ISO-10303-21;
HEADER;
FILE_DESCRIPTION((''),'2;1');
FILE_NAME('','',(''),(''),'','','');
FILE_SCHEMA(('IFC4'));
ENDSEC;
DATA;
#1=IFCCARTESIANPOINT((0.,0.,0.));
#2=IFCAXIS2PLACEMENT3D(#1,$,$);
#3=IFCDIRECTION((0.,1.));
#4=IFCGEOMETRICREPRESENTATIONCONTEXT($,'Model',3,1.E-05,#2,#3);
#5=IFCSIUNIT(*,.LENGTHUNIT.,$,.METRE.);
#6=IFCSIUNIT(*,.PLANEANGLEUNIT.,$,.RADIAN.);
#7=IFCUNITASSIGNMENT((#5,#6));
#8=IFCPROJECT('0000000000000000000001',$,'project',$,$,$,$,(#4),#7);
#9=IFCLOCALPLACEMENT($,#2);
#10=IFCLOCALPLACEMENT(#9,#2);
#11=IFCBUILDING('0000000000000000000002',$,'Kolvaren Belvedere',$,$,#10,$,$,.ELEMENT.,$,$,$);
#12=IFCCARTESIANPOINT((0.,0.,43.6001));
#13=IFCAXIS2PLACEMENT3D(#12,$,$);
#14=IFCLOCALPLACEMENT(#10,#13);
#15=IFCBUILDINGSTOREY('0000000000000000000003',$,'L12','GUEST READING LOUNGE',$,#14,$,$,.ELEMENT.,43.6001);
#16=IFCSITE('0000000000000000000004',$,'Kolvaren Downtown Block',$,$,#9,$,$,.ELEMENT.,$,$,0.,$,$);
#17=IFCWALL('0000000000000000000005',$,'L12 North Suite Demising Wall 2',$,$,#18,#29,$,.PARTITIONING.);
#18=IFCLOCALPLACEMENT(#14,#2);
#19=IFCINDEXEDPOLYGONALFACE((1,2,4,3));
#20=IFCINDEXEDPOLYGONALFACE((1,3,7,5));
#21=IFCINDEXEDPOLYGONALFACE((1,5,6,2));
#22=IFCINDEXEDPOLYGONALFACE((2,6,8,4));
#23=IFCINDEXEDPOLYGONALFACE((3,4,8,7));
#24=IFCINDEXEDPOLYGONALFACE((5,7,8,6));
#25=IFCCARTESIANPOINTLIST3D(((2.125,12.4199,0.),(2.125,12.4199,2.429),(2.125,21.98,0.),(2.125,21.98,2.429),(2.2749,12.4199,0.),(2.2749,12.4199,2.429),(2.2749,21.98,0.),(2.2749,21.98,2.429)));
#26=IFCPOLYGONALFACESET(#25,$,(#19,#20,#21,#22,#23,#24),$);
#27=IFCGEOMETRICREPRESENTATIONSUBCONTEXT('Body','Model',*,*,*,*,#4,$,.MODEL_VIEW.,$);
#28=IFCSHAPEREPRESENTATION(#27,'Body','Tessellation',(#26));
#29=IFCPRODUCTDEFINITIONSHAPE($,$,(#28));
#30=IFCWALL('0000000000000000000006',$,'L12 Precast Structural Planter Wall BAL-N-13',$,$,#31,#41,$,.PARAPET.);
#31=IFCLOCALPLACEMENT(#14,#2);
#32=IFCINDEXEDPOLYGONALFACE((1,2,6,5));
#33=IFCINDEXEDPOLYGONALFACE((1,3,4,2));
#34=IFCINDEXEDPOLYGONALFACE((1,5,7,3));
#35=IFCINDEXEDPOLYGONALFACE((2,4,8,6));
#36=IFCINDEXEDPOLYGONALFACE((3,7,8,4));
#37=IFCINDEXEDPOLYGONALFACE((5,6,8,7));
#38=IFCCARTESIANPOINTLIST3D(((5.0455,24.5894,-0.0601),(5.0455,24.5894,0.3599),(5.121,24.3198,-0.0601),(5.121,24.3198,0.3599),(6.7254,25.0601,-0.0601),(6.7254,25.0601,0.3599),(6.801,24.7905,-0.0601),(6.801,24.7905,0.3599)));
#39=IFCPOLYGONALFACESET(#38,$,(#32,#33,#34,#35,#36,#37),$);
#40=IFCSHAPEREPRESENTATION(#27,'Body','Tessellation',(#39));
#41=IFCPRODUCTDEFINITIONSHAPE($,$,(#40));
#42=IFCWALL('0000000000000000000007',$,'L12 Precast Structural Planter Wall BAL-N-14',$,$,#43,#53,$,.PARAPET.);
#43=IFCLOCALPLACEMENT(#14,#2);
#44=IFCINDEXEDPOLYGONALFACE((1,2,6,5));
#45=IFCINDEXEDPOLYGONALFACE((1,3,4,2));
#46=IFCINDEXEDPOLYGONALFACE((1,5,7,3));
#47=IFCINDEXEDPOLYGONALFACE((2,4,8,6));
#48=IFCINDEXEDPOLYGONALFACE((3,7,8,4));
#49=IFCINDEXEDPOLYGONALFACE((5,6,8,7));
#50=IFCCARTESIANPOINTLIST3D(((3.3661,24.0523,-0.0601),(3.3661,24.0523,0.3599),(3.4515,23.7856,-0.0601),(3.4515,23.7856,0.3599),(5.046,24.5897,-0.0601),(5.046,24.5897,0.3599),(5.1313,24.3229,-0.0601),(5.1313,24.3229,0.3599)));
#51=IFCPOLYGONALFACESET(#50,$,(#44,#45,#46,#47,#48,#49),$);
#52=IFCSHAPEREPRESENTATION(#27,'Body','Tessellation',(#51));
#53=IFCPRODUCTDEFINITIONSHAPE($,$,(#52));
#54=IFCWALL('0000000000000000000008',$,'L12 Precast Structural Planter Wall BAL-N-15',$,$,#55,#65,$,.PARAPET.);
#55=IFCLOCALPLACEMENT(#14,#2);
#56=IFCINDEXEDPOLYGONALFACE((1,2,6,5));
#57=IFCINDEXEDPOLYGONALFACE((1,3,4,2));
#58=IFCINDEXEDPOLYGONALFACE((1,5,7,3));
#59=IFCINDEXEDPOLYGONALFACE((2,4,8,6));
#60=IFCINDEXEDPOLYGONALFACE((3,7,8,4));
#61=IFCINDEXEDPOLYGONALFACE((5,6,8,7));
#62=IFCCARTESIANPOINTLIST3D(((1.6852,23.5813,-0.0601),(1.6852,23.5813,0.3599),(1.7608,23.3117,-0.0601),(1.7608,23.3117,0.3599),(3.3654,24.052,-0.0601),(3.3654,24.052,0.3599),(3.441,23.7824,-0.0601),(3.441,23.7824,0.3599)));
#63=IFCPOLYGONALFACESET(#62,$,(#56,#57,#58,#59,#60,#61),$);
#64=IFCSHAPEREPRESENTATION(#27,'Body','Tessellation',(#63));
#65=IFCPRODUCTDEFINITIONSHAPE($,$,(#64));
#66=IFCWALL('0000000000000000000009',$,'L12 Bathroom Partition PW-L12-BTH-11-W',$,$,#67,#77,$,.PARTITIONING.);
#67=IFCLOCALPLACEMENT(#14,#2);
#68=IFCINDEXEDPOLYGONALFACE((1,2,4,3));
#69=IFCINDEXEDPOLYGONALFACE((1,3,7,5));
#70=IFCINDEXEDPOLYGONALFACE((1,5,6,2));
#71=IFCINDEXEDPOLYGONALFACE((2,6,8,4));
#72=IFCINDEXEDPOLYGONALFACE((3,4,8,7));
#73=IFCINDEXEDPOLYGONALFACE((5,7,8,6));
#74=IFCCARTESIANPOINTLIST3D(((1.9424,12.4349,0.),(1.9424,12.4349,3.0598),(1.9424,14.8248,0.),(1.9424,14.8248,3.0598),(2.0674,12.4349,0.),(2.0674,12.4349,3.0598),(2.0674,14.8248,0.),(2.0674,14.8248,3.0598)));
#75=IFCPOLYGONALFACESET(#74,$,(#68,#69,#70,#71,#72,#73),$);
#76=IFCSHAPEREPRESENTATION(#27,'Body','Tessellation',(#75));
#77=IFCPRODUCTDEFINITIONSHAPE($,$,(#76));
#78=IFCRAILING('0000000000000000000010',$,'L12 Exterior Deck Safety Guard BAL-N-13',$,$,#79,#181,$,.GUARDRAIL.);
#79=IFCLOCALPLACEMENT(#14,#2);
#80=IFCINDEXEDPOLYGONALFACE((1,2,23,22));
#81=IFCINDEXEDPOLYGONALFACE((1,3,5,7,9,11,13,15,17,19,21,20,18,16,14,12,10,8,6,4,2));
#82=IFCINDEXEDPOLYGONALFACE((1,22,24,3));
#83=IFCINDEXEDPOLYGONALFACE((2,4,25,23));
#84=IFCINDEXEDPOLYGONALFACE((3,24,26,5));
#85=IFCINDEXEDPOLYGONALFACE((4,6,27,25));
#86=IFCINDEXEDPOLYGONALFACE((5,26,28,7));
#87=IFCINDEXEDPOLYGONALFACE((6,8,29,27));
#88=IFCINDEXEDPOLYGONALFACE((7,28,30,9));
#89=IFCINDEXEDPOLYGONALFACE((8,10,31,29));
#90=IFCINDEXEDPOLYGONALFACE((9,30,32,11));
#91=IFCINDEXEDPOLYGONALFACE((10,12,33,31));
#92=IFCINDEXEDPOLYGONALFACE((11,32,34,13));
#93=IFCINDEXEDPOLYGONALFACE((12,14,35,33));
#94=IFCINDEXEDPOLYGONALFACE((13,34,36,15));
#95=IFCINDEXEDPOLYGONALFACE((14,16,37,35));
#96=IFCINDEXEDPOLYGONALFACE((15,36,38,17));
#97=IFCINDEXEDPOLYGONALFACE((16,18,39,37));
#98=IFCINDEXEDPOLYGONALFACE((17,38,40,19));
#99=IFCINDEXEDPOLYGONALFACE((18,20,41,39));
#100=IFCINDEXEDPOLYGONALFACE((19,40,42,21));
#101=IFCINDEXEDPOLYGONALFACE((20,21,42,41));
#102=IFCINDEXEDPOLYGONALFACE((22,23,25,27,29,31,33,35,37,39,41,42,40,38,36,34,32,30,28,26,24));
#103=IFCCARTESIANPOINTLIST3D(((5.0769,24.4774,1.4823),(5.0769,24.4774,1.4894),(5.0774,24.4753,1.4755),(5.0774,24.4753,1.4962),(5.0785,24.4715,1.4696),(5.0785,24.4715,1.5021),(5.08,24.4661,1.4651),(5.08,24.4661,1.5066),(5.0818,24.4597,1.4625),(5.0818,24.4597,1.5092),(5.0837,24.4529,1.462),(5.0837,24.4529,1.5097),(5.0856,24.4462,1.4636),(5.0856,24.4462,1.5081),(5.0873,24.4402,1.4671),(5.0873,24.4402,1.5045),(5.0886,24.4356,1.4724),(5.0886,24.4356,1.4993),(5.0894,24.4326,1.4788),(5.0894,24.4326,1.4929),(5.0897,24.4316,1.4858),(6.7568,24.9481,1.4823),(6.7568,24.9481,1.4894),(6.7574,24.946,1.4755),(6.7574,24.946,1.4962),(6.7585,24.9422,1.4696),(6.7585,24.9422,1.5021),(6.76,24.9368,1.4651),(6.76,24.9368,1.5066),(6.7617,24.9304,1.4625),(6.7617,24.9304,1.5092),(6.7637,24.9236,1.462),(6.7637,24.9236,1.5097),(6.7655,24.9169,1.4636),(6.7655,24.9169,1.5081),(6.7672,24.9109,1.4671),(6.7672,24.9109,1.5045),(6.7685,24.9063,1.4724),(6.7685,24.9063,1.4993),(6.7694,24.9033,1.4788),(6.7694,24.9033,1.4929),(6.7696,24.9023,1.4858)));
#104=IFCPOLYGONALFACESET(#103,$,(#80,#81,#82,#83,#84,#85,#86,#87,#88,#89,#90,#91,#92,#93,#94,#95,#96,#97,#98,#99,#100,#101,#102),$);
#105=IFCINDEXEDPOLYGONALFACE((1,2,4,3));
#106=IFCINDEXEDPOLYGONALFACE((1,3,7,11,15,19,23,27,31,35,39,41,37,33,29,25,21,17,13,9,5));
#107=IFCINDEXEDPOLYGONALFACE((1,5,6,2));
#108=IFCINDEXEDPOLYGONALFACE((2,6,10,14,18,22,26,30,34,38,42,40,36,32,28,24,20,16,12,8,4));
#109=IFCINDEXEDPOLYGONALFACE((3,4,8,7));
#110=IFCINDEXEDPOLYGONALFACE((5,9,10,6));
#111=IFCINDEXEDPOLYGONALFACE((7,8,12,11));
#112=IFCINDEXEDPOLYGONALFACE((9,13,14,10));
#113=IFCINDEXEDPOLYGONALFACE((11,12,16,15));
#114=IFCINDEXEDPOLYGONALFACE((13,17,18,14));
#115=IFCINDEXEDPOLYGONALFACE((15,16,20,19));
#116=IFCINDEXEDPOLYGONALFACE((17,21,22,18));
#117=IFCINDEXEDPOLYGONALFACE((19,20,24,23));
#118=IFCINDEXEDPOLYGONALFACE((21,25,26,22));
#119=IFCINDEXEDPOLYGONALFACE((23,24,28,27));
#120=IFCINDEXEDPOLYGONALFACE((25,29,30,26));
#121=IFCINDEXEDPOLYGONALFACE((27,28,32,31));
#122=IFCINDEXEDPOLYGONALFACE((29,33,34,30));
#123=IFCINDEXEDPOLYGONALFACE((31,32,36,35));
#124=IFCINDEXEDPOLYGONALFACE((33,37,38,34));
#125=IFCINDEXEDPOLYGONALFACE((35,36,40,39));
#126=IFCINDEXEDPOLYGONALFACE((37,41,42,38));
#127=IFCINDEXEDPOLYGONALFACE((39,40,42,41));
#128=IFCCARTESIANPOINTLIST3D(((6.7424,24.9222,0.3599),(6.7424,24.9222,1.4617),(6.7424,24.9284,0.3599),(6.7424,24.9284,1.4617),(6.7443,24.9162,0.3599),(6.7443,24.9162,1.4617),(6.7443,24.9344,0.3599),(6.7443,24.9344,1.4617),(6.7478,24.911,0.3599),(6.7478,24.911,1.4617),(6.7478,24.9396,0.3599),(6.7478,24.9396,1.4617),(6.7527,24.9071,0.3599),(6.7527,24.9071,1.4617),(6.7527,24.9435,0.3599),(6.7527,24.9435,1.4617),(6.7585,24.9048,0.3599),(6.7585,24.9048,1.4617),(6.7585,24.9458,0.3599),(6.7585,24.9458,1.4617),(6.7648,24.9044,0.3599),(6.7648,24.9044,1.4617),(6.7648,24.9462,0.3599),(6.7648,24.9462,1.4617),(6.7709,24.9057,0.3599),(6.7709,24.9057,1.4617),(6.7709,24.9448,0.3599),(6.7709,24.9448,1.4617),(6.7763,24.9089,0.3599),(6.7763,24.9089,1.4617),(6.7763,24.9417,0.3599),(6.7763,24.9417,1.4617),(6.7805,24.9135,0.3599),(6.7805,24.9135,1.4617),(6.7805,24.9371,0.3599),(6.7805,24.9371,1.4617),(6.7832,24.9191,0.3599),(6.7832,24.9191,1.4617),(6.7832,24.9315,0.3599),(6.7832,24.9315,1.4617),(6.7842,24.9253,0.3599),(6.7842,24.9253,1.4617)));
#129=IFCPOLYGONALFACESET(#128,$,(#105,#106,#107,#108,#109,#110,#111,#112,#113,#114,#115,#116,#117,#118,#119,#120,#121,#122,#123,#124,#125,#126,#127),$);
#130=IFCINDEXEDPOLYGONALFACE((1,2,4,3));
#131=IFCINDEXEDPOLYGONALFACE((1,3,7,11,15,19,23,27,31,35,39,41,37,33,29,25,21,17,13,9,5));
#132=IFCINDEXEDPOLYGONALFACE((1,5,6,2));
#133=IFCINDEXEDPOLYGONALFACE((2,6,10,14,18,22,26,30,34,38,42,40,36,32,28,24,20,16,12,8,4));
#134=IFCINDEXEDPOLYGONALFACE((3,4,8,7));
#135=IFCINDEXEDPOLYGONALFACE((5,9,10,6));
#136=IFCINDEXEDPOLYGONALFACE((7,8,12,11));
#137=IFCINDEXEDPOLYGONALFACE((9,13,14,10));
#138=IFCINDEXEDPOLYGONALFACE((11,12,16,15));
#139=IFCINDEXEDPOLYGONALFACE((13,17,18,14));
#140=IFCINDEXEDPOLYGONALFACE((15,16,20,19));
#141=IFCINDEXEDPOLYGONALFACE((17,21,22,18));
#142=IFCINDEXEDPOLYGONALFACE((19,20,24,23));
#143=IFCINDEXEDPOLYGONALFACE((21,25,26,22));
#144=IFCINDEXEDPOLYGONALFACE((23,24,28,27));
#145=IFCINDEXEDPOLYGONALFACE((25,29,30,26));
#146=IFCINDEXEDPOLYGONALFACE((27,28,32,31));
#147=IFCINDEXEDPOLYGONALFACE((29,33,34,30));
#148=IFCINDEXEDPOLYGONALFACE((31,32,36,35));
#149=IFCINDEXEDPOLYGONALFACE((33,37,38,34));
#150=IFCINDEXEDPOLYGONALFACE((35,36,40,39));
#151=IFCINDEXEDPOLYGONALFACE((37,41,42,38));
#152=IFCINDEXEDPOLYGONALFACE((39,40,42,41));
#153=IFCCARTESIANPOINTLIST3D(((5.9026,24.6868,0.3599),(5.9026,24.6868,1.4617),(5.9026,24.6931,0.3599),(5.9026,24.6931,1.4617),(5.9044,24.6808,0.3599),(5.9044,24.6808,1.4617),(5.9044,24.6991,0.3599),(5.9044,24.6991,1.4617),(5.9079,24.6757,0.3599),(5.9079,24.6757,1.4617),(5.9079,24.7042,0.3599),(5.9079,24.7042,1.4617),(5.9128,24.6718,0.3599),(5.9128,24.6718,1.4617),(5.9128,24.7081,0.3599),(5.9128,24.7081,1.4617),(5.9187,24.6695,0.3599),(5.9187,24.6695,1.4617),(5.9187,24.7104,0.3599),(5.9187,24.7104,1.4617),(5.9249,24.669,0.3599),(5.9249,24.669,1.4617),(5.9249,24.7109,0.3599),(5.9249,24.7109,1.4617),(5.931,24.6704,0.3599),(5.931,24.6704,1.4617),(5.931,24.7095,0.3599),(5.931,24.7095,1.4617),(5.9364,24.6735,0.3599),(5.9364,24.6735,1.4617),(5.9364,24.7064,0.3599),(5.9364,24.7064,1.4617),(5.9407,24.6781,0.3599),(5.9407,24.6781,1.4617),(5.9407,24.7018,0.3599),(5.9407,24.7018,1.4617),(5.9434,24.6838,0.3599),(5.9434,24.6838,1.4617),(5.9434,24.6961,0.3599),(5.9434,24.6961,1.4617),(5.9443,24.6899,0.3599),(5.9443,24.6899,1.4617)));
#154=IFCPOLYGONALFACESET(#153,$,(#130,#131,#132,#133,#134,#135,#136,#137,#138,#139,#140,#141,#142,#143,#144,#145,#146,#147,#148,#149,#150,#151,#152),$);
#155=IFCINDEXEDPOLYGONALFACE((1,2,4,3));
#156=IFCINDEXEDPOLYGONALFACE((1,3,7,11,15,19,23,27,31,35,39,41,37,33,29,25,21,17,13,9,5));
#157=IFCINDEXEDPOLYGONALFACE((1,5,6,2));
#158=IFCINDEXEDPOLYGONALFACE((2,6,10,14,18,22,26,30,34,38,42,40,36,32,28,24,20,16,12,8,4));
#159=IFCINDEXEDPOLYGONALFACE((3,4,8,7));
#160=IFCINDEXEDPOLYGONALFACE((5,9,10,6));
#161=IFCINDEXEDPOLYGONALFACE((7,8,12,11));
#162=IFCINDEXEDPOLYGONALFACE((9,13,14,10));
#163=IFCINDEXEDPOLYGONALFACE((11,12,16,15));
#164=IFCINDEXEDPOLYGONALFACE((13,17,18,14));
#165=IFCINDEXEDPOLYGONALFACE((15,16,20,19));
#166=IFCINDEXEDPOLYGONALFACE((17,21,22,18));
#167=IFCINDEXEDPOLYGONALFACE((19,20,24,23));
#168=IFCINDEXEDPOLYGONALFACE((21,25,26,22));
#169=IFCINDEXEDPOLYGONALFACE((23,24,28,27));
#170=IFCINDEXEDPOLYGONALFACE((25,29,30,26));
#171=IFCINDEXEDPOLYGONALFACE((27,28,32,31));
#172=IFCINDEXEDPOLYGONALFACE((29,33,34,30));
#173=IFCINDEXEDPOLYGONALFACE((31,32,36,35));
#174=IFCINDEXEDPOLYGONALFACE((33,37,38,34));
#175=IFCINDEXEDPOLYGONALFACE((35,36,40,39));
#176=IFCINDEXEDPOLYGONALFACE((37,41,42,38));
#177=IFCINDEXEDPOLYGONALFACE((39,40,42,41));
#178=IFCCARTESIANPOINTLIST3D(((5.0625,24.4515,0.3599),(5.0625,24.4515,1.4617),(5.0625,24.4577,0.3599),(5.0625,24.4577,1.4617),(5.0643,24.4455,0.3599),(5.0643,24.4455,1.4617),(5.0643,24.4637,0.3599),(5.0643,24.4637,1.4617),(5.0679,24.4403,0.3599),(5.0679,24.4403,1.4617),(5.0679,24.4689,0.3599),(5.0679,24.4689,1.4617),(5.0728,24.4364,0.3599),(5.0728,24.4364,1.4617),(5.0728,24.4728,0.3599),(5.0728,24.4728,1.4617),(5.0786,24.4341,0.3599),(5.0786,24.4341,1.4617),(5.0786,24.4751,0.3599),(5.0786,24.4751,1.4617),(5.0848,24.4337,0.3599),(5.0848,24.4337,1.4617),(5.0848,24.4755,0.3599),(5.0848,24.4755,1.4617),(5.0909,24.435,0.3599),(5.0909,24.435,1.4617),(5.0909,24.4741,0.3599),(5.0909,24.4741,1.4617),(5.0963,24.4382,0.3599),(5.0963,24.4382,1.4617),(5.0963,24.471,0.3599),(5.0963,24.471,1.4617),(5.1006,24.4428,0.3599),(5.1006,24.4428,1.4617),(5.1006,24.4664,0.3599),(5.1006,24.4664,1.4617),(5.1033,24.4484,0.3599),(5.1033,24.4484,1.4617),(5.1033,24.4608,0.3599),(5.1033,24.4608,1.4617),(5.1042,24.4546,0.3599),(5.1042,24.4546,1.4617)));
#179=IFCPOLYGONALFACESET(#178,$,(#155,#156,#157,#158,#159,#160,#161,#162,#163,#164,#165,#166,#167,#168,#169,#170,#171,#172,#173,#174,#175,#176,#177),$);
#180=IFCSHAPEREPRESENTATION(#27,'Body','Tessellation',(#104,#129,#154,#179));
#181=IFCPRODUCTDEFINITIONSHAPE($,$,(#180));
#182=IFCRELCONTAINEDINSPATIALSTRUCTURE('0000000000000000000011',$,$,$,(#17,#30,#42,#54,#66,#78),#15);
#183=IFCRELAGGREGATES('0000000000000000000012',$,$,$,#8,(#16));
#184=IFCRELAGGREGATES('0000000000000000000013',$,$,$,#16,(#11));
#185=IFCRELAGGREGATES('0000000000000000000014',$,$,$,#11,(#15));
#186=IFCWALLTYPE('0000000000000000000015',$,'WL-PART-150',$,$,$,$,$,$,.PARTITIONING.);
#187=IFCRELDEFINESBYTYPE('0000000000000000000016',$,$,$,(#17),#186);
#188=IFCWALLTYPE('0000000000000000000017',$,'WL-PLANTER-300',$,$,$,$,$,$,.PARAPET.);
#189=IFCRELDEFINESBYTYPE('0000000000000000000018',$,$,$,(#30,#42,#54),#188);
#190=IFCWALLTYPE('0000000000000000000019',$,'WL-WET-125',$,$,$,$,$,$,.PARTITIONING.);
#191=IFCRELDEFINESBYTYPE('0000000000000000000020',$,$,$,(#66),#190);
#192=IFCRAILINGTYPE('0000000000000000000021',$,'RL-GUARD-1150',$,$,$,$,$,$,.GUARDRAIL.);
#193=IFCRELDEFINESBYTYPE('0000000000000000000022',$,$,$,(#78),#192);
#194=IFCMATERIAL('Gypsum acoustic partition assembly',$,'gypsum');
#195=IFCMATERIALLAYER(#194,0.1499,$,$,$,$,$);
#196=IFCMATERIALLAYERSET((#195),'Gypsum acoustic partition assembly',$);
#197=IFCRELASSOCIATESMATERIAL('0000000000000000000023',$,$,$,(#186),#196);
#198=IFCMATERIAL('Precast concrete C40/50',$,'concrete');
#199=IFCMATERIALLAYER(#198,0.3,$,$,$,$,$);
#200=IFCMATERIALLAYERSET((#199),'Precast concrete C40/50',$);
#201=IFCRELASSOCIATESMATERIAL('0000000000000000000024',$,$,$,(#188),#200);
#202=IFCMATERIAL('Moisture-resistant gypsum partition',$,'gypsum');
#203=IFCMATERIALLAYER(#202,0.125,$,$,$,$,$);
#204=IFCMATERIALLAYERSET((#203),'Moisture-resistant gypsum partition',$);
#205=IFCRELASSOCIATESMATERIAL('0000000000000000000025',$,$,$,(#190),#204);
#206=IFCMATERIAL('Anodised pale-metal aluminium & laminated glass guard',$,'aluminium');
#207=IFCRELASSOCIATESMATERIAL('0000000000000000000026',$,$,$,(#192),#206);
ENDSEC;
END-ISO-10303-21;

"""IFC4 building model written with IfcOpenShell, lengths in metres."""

from ifc_helpers import new_model, si_unit, direction, frame, frame_2d, origin, origin_2d, place, context, subcontext, project, spatial, rectangle, circle, extrude, material, layer, layer_set, type_object, element, save


model = new_model("IFC4")

# Units and contexts
model_context = context("Model", 3, precision=1e-05, world=origin(), true_north=direction((0.0, 1.0)))
body_context = subcontext(model_context, "Body", "Model", "MODEL_VIEW")
ifc_project = project(units=[si_unit("LENGTHUNIT", "METRE"), si_unit("PLANEANGLEUNIT", "RADIAN")], contexts=[model_context])

# Site, building, storey
site_placement = place(None, origin())
site = spatial("IfcSite", under=ifc_project, at=site_placement, Name="Kolvaren Downtown Block", CompositionType="ELEMENT", RefElevation=0.0)
building_placement = place(site_placement, origin())
building = spatial("IfcBuilding", under=site, at=building_placement, Name="Kolvaren Belvedere", CompositionType="ELEMENT")
storey_placement = place(building_placement, frame((0.0, 0.0, 43.6001)))
storey = spatial("IfcBuildingStorey", under=building, at=storey_placement, Name="L12", Description="GUEST READING LOUNGE", CompositionType="ELEMENT", Elevation=43.6001)

# Walls
ifc_material_1 = material(Name="Gypsum acoustic partition assembly", Category="gypsum")
ifc_layer_1 = layer(ifc_material_1, 0.1499)
ifc_layer_set_1 = layer_set([ifc_layer_1], Name="Gypsum acoustic partition assembly")
wall_type_1 = type_object("IfcWallType", Name="WL-PART-150", PredefinedType="PARTITIONING", material=ifc_layer_set_1)
wall_1_placement = place(storey_placement, frame((2.2, 12.4199, 0.0), z_axis=(0.0, 0.0, 1.0), x_axis=(0.0, 1.0, 0.0)))
element("IfcWall", 1, at=wall_1_placement, inside=storey, type_object=wall_type_1, Name="L12 North Suite Demising Wall 2", PredefinedType="PARTITIONING", context=body_context, shape_type="SweptSolid", body=[
    extrude(rectangle(XDim=9.5601, YDim=0.1499, at=frame_2d((4.78, 0.0))), origin(), (0.0, 0.0, 1.0), 2.429),
])
ifc_material_2 = material(Name="Precast concrete C40/50", Category="concrete")
ifc_layer_2 = layer(ifc_material_2, 0.3)
ifc_layer_set_2 = layer_set([ifc_layer_2], Name="Precast concrete C40/50")
wall_type_2 = type_object("IfcWallType", Name="WL-PLANTER-300", PredefinedType="PARAPET", material=ifc_layer_set_2)
wall_2_placement = place(storey_placement, frame((6.7632, 24.9253, -0.0601), z_axis=(0.0, 0.0, 1.0), x_axis=(-0.962916, -0.269801, 0.0)))
element("IfcWall", 2, at=wall_2_placement, inside=storey, type_object=wall_type_2, Name="L12 Precast Structural Planter Wall BAL-N-13", PredefinedType="PARAPET", context=body_context, shape_type="SweptSolid", body=[
    extrude(rectangle(XDim=1.7446, YDim=0.28, at=frame_2d((0.8723, 0.0))), origin(), (0.0, 0.0, 1.0), 0.4199),
])
wall_3_placement = place(storey_placement, frame((5.0886, 24.4563, -0.0601), z_axis=(0.0, 0.0, 1.0), x_axis=(-0.952461, -0.30466, 0.0)))
element("IfcWall", 3, at=wall_3_placement, inside=storey, type_object=wall_type_2, Name="L12 Precast Structural Planter Wall BAL-N-14", PredefinedType="PARAPET", context=body_context, shape_type="SweptSolid", body=[
    extrude(rectangle(XDim=1.7637, YDim=0.28, at=frame_2d((0.8818, 0.0))), origin(), (0.0, 0.0, 1.0), 0.4199),
])
wall_4_placement = place(storey_placement, frame((3.4033, 23.9172, -0.0601), z_axis=(0.0, 0.0, 1.0), x_axis=(-0.962926, -0.269765, 0.0)))
element("IfcWall", 4, at=wall_4_placement, inside=storey, type_object=wall_type_2, Name="L12 Precast Structural Planter Wall BAL-N-15", PredefinedType="PARAPET", context=body_context, shape_type="SweptSolid", body=[
    extrude(rectangle(XDim=1.7449, YDim=0.28, at=frame_2d((0.8726, 0.0))), origin(), (0.0, 0.0, 1.0), 0.4199),
])
ifc_material_3 = material(Name="Moisture-resistant gypsum partition", Category="gypsum")
ifc_layer_3 = layer(ifc_material_3, 0.125)
ifc_layer_set_3 = layer_set([ifc_layer_3], Name="Moisture-resistant gypsum partition")
wall_type_3 = type_object("IfcWallType", Name="WL-WET-125", PredefinedType="PARTITIONING", material=ifc_layer_set_3)
wall_5_placement = place(storey_placement, frame((2.0049, 12.4351, 0.0), z_axis=(0.0, 0.0, 1.0), x_axis=(0.0, 1.0, 0.0)))
element("IfcWall", 5, at=wall_5_placement, inside=storey, type_object=wall_type_3, Name="L12 Bathroom Partition PW-L12-BTH-11-W", PredefinedType="PARTITIONING", context=body_context, shape_type="SweptSolid", body=[
    extrude(rectangle(XDim=2.3899, YDim=0.125, at=frame_2d((1.1948, 0.0))), origin(), (0.0, 0.0, 1.0), 3.0598),
])

# Railing
ifc_material_4 = material(Name="Anodised pale-metal aluminium & laminated glass guard", Category="aluminium")
railing_type = type_object("IfcRailingType", Name="RL-GUARD-1150", PredefinedType="GUARDRAIL", material=ifc_material_4)
railing_1_placement = place(storey_placement, frame((6.7632, 24.9253, 0.3599)))
element("IfcRailing", 6, at=railing_1_placement, inside=storey, type_object=railing_type, Name="L12 Exterior Deck Safety Guard BAL-N-13", PredefinedType="GUARDRAIL", context=body_context, shape_type="SweptSolid", body=[
    extrude(circle(Radius=0.0239, at=origin_2d()), frame((0.0, 0.0, 1.126), z_axis=(-0.962916, -0.269801, 0.0), x_axis=(0.269801, -0.962916, 0.0)), (0.0, 0.0, 1.0), 1.7446),
    extrude(circle(Radius=0.021, at=origin_2d()), origin(), (0.0, 0.0, 1.0), 1.1018),
    extrude(circle(Radius=0.021, at=origin_2d()), frame((-0.8398, -0.2354, 0.0)), (0.0, 0.0, 1.0), 1.1018),
    extrude(circle(Radius=0.021, at=origin_2d()), frame((-1.6799, -0.4707, 0.0)), (0.0, 0.0, 1.0), 1.1018),
])

save(model, "model.ifc")
